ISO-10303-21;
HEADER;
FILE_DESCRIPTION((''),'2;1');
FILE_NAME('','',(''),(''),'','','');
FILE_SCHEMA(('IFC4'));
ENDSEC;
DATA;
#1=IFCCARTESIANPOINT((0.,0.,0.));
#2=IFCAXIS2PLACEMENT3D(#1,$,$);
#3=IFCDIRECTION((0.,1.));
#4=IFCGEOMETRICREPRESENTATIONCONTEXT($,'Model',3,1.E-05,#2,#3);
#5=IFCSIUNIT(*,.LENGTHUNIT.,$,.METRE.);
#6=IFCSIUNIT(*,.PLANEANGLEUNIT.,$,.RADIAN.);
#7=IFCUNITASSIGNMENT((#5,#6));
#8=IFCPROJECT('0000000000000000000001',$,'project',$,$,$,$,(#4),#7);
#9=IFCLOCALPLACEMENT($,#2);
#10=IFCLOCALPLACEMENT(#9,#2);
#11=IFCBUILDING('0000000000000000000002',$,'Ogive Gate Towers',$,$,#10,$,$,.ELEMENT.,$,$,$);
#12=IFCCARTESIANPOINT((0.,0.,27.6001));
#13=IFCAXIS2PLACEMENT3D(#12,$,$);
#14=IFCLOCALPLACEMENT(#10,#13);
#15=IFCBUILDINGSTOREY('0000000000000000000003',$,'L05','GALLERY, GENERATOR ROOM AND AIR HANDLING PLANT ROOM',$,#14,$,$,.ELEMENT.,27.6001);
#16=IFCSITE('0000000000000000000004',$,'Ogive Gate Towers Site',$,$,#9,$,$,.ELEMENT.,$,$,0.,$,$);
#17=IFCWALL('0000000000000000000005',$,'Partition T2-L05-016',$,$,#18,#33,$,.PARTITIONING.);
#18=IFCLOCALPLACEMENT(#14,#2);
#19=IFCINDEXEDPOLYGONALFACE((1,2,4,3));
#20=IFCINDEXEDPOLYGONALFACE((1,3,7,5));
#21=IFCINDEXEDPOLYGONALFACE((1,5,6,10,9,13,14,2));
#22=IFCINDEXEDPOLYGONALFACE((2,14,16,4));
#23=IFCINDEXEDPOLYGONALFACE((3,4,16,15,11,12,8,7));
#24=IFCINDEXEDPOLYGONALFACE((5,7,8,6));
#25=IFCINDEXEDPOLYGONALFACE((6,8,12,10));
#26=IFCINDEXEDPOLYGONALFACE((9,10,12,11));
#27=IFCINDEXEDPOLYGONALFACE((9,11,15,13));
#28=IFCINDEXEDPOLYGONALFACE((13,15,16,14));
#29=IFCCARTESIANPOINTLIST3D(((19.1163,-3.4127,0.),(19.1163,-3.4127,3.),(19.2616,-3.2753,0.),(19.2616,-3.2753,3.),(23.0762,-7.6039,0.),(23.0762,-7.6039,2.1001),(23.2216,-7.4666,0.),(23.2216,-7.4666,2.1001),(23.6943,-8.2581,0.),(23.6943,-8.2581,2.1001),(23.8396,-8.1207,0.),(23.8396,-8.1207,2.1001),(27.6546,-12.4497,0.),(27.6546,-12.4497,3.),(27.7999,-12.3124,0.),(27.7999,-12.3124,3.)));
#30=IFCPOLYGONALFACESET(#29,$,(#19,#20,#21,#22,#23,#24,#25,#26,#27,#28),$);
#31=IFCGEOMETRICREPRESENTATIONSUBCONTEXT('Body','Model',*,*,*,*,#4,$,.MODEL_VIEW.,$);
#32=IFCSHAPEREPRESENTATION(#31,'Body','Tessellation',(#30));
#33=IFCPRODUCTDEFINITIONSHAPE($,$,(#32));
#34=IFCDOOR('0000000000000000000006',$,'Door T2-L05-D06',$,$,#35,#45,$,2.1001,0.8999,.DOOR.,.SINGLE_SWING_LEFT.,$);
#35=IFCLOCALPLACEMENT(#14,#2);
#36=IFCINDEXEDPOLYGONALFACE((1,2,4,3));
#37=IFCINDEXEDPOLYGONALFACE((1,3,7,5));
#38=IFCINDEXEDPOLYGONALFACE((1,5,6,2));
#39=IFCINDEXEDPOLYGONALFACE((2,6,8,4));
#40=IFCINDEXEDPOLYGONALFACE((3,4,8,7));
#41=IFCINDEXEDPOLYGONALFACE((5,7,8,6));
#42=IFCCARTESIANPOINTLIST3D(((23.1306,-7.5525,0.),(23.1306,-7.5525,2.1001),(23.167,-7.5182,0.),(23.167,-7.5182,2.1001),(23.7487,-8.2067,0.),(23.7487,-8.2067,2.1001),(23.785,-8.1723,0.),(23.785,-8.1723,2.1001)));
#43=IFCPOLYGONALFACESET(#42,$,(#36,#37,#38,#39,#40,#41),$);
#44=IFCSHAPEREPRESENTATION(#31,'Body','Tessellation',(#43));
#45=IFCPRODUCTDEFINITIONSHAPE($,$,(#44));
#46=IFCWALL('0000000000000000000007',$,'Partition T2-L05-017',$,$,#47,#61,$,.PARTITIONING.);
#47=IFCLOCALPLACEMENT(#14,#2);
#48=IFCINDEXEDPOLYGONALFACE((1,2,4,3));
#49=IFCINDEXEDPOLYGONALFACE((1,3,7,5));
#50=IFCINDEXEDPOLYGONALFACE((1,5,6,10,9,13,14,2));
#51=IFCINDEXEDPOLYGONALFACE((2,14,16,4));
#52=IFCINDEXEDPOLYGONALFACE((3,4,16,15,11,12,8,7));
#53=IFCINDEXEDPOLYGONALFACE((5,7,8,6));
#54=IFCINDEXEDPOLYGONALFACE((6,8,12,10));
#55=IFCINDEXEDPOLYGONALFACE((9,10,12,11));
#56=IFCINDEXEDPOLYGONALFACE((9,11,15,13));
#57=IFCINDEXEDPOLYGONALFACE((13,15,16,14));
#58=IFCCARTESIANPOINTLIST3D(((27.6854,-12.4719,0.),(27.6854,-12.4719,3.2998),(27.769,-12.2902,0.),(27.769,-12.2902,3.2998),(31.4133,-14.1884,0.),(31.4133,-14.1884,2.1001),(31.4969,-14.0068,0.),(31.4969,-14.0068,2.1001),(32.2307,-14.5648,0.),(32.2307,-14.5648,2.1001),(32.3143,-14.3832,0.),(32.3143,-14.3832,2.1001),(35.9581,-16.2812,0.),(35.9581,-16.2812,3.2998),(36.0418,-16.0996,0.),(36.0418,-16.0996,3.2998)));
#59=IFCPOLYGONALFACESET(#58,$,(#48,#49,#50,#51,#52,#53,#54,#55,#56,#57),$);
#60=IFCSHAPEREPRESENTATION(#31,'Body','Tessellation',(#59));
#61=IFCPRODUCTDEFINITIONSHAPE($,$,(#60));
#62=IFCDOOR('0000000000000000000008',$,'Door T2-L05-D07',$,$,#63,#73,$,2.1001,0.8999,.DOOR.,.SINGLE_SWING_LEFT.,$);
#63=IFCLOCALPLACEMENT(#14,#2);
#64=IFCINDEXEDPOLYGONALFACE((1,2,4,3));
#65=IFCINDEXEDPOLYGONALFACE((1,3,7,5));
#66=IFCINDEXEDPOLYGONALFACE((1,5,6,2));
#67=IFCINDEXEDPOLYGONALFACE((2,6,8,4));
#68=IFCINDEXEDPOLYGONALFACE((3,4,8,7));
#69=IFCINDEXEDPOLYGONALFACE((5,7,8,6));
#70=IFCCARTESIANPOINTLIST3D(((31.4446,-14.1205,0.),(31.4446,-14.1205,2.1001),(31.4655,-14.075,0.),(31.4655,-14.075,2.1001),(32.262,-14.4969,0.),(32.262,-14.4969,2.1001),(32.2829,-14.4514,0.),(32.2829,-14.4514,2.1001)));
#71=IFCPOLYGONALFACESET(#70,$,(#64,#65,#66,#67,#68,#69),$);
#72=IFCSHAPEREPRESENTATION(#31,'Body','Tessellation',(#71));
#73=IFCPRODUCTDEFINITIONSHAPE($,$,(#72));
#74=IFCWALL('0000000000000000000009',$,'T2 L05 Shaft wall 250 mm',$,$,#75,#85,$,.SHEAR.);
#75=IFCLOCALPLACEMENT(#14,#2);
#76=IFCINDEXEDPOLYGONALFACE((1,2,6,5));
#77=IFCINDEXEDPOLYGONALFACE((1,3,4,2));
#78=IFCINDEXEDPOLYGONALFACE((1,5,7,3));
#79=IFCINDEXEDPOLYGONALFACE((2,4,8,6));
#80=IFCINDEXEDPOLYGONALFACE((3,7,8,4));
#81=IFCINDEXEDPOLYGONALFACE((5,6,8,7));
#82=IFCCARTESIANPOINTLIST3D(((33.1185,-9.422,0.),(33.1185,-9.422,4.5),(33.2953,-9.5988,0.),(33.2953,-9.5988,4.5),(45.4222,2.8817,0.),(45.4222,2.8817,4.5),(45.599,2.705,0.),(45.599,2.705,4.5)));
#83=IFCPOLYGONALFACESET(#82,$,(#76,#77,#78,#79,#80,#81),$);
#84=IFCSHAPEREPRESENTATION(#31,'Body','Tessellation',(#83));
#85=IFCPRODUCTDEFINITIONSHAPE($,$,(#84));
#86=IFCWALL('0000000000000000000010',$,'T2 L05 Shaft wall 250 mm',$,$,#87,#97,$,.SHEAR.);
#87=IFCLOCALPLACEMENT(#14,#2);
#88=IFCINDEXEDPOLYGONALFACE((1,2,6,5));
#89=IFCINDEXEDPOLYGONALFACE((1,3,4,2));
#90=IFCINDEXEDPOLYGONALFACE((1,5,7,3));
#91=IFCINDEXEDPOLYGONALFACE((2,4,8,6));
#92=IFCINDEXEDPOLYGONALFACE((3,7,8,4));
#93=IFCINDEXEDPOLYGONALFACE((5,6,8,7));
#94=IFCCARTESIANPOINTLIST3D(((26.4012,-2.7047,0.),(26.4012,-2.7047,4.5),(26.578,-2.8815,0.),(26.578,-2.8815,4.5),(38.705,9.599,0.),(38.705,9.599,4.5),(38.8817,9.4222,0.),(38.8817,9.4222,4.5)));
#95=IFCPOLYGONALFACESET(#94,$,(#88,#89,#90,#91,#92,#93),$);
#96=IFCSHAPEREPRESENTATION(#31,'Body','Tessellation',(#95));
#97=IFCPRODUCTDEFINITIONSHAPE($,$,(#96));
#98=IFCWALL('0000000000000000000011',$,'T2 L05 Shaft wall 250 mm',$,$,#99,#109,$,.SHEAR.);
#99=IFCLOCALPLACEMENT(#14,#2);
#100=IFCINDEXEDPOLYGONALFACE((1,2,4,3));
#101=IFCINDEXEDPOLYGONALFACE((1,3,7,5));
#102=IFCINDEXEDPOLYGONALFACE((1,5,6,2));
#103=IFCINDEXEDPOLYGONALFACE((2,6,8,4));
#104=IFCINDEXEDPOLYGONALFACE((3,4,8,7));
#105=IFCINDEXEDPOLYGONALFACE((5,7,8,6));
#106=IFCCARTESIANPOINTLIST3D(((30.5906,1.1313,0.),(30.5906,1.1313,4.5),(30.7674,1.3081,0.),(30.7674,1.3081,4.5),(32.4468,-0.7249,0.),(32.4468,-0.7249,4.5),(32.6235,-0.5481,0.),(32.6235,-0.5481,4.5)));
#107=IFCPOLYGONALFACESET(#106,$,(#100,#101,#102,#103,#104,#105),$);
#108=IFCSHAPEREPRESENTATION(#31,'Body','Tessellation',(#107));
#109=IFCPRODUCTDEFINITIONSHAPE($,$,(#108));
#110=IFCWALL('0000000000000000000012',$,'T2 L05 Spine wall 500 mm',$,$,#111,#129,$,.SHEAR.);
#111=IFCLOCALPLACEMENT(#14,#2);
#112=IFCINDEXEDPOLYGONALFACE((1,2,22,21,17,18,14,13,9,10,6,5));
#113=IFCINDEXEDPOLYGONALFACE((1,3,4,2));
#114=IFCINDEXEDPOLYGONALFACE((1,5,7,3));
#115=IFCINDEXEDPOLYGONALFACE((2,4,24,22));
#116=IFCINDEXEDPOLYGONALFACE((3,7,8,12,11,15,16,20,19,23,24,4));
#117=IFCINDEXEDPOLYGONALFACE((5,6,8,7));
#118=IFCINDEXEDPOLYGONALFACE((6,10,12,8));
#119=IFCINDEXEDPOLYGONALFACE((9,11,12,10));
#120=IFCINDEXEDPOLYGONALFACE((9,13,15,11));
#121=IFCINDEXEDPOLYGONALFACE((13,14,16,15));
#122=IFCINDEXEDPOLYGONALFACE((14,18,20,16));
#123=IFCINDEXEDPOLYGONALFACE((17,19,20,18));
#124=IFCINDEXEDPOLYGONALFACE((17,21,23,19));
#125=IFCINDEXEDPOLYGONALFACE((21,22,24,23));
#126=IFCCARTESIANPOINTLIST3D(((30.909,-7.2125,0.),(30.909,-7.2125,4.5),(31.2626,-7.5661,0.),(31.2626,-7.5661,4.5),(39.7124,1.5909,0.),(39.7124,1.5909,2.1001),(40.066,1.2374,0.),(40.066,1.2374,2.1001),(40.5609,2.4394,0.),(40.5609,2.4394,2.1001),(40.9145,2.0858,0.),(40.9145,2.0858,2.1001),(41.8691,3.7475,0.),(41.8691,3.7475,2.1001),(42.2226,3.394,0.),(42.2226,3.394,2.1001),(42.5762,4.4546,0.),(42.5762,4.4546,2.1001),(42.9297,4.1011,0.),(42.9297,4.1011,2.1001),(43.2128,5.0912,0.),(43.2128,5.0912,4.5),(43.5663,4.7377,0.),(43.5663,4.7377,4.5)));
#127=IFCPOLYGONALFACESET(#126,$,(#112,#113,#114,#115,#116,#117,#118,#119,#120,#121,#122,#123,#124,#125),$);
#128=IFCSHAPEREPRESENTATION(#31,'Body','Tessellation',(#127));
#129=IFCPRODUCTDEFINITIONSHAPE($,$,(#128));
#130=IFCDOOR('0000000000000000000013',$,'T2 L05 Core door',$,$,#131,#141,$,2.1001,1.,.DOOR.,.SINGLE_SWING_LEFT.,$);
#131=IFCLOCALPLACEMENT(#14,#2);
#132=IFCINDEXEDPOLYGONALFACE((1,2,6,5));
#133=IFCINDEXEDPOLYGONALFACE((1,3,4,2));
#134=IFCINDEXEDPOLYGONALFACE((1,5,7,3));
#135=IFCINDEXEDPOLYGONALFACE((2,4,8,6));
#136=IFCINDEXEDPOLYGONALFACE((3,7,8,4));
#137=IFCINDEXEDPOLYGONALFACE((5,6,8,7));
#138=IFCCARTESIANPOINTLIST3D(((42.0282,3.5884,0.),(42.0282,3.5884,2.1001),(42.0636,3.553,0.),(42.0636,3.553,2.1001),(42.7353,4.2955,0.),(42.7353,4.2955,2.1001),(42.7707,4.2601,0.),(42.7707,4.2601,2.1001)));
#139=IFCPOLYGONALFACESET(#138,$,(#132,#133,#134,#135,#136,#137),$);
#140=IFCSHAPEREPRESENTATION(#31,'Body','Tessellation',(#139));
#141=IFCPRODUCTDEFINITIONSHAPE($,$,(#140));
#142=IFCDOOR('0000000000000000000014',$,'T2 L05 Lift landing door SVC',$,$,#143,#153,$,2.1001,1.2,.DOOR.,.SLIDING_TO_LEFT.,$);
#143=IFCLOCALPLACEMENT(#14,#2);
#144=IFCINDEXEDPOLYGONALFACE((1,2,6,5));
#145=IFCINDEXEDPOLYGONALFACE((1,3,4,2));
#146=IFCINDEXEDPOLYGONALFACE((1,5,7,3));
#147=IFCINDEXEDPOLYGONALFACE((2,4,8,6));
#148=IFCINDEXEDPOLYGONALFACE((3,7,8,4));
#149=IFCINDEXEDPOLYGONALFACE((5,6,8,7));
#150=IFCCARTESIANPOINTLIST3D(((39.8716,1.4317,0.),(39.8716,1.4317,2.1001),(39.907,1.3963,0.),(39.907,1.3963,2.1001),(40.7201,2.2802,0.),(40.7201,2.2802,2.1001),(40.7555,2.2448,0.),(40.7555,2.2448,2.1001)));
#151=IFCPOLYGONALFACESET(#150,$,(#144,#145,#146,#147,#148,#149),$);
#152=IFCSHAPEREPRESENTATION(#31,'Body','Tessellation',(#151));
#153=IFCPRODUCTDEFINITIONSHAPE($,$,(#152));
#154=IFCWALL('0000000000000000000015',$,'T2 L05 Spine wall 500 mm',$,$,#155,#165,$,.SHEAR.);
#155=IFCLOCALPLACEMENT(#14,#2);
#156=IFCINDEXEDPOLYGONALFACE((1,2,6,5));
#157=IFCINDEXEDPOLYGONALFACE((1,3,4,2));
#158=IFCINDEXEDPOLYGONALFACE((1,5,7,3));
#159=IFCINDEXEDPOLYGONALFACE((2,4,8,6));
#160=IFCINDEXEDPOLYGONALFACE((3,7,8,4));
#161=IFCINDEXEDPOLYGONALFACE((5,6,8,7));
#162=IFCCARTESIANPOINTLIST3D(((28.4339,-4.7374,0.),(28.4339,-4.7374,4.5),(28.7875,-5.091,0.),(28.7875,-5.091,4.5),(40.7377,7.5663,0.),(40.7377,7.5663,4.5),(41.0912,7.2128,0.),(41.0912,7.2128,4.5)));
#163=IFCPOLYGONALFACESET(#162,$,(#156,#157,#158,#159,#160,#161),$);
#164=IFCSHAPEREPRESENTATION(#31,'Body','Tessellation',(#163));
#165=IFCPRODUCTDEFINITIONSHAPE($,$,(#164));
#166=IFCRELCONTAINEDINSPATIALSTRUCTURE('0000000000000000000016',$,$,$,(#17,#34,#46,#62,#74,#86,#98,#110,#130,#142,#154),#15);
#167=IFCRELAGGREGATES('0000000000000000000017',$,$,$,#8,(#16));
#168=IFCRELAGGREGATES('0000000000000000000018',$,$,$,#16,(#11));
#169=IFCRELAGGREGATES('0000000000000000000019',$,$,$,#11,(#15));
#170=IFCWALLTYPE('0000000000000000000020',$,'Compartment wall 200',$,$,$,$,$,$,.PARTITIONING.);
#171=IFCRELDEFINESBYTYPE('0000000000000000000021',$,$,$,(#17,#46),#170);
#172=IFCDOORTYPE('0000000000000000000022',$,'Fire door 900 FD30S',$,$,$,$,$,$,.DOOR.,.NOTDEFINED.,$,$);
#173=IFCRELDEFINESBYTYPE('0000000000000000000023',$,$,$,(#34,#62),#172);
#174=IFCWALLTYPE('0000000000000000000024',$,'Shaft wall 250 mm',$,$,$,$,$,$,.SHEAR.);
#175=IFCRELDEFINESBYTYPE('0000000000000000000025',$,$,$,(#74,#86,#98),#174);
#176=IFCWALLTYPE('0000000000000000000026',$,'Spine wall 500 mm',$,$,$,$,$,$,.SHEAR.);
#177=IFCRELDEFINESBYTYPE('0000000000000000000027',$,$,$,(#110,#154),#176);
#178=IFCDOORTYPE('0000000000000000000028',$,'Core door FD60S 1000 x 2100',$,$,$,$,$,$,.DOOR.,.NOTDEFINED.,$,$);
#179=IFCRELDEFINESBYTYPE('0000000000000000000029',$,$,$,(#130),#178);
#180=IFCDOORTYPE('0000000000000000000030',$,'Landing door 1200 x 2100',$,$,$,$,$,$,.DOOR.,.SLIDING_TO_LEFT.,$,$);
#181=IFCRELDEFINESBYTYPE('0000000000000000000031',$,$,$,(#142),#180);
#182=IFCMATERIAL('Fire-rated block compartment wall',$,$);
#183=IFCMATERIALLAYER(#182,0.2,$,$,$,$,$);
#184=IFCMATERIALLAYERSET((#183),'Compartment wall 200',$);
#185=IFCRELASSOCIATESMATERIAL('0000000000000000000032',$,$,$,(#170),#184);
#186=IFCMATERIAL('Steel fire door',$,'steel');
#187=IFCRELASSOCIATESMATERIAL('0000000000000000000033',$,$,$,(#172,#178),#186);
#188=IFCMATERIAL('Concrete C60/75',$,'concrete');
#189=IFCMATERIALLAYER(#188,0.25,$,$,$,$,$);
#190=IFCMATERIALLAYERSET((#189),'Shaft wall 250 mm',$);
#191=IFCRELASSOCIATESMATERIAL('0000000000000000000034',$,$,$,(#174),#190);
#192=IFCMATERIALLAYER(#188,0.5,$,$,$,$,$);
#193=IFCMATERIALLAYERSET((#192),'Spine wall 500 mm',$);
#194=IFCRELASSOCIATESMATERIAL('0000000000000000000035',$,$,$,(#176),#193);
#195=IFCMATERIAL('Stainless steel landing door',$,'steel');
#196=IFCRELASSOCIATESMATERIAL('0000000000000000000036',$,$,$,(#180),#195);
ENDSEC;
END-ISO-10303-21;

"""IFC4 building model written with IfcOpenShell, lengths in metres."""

from ifc_helpers import new_model, si_unit, direction, frame, frame_2d, origin, place, context, subcontext, project, spatial, rectangle, extrude, material, layer, layer_set, type_object, element, fill, save


model = new_model("IFC4")

# Units and contexts
model_context = context("Model", 3, precision=1e-05, world=origin(), true_north=direction((0.0, 1.0)))
body_context = subcontext(model_context, "Body", "Model", "MODEL_VIEW")
ifc_project = project(units=[si_unit("LENGTHUNIT", "METRE"), si_unit("PLANEANGLEUNIT", "RADIAN")], contexts=[model_context])

# Site, building, storey
site_placement = place(None, origin())
site = spatial("IfcSite", under=ifc_project, at=site_placement, Name="Ogive Gate Towers Site", CompositionType="ELEMENT", RefElevation=0.0)
building_placement = place(site_placement, origin())
building = spatial("IfcBuilding", under=site, at=building_placement, Name="Ogive Gate Towers", CompositionType="ELEMENT")
storey_placement = place(building_placement, frame((0.0, 0.0, 27.6001)))
storey = spatial("IfcBuildingStorey", under=building, at=storey_placement, Name="L05", Description="GALLERY, GENERATOR ROOM AND AIR HANDLING PLANT ROOM", CompositionType="ELEMENT", Elevation=27.6001)

# Walls, openings, doors
ifc_material_1 = material(Name="Fire-rated block compartment wall")
ifc_layer_1 = layer(ifc_material_1, 0.2)
ifc_layer_set_1 = layer_set([ifc_layer_1], Name="Compartment wall 200")
wall_type_1 = type_object("IfcWallType", Name="Compartment wall 200", PredefinedType="PARTITIONING", material=ifc_layer_set_1)
wall_1_placement = place(storey_placement, frame((19.189, -3.344, 0.0), z_axis=(0.0, 0.0, 1.0), x_axis=(0.686763, -0.726881, 0.0)))
wall_1 = element("IfcWall", 1, at=wall_1_placement, inside=storey, type_object=wall_type_1, Name="Partition T2-L05-016", PredefinedType="PARTITIONING", context=body_context, shape_type="SweptSolid", body=[
    extrude(rectangle(XDim=12.4326, YDim=0.2, at=frame_2d((6.2163, 0.0))), origin(), (0.0, 0.0, 1.0), 3.0),
])
opening_1_placement = place(wall_1_placement, frame((5.7661, 0.0, 0.0)))
opening_1 = element("IfcOpeningElement", 2, at=opening_1_placement, cuts=wall_1, PredefinedType="OPENING", context=body_context, shape_type="SweptSolid", body=[
    extrude(rectangle(XDim=0.8999, YDim=2.1001, at=frame_2d((0.45, 1.05))), frame((0.0, 0.1099, 0.0), z_axis=(0.0, -1.0, 0.0), x_axis=(1.0, 0.0, 0.0)), (0.0, 0.0, 1.0), 0.22),
])
ifc_material_2 = material(Name="Steel fire door", Category="steel")
door_type_1 = type_object("IfcDoorType", Name="Fire door 900 FD30S", OperationType="NOTDEFINED", PredefinedType="DOOR", material=ifc_material_2)
door_1_placement = place(opening_1_placement, origin())
door_1 = element("IfcDoor", 3, at=door_1_placement, inside=storey, type_object=door_type_1, Name="Door T2-L05-D06", OperationType="SINGLE_SWING_LEFT", OverallHeight=2.1001, OverallWidth=0.8999, PredefinedType="DOOR", context=body_context, shape_type="SweptSolid", body=[
    extrude(rectangle(XDim=0.8999, YDim=2.1001, at=frame_2d((0.45, 1.05))), frame((0.0, 0.0249, 0.0), z_axis=(0.0, -1.0, 0.0), x_axis=(1.0, 0.0, 0.0)), (0.0, 0.0, 1.0), 0.05),
])
fill(opening_1, door_1)
wall_2_placement = place(storey_placement, frame((27.7273, -12.3811, 0.0), z_axis=(0.0, 0.0, 1.0), x_axis=(0.908329, -0.418257, 0.0)))
wall_2 = element("IfcWall", 4, at=wall_2_placement, inside=storey, type_object=wall_type_1, Name="Partition T2-L05-017", PredefinedType="PARTITIONING", context=body_context, shape_type="SweptSolid", body=[
    extrude(rectangle(XDim=9.1077, YDim=0.2, at=frame_2d((4.5537, 0.0))), origin(), (0.0, 0.0, 1.0), 3.2998),
])
opening_2_placement = place(wall_2_placement, frame((4.104, 0.0, 0.0)))
opening_2 = element("IfcOpeningElement", 5, at=opening_2_placement, cuts=wall_2, PredefinedType="OPENING", context=body_context, shape_type="SweptSolid", body=[
    extrude(rectangle(XDim=0.8999, YDim=2.1001, at=frame_2d((0.45, 1.05))), frame((0.0, 0.1099, 0.0), z_axis=(0.0, -1.0, 0.0), x_axis=(1.0, 0.0, 0.0)), (0.0, 0.0, 1.0), 0.22),
])
door_2_placement = place(opening_2_placement, origin())
door_2 = element("IfcDoor", 6, at=door_2_placement, inside=storey, type_object=door_type_1, Name="Door T2-L05-D07", OperationType="SINGLE_SWING_LEFT", OverallHeight=2.1001, OverallWidth=0.8999, PredefinedType="DOOR", context=body_context, shape_type="SweptSolid", body=[
    extrude(rectangle(XDim=0.8999, YDim=2.1001, at=frame_2d((0.45, 1.05))), frame((0.0, 0.0249, 0.0), z_axis=(0.0, -1.0, 0.0), x_axis=(1.0, 0.0, 0.0)), (0.0, 0.0, 1.0), 0.05),
])
fill(opening_2, door_2)

# Walls
ifc_material_3 = material(Name="Concrete C60/75", Category="concrete")
ifc_layer_2 = layer(ifc_material_3, 0.25)
ifc_layer_set_2 = layer_set([ifc_layer_2], Name="Shaft wall 250 mm")
wall_type_2 = type_object("IfcWallType", Name="Shaft wall 250 mm", PredefinedType="SHEAR", material=ifc_layer_set_2)
for number, where, z_axis, x_axis, name in (
    (7, (33.2068, -9.5105, 0.0), (0.0, 0.0, 1.0), (0.707107, 0.707107, 0.0), "T2 L05 Shaft wall 250 mm"),
    (8, (26.4895, -2.7932, 0.0), (0.0, 0.0, 1.0), (0.707107, 0.707107, 0.0), "T2 L05 Shaft wall 250 mm"),
):
    element("IfcWall", number, at=place(storey_placement, frame(where, z_axis=z_axis, x_axis=x_axis)), inside=storey, type_object=wall_type_2, Name=name, PredefinedType="SHEAR", context=body_context, shape_type="SweptSolid", body=[
        extrude(rectangle(XDim=17.4001, YDim=0.25, at=frame_2d((8.7002, 0.0))), origin(), (0.0, 0.0, 1.0), 4.5),
    ])
wall_3_placement = place(storey_placement, frame((32.5352, -0.6365, 0.0), z_axis=(0.0, 0.0, 1.0), x_axis=(-0.707107, 0.707107, 0.0)))
element("IfcWall", 9, at=wall_3_placement, inside=storey, type_object=wall_type_2, Name="T2 L05 Shaft wall 250 mm", PredefinedType="SHEAR", context=body_context, shape_type="SweptSolid", body=[
    extrude(rectangle(XDim=2.625, YDim=0.25, at=frame_2d((1.3125, 0.0))), origin(), (0.0, 0.0, 1.0), 4.5),
])

# Wall, openings, doors
ifc_layer_3 = layer(ifc_material_3, 0.5)
ifc_layer_set_3 = layer_set([ifc_layer_3], Name="Spine wall 500 mm")
wall_type_3 = type_object("IfcWallType", Name="Spine wall 500 mm", PredefinedType="SHEAR", material=ifc_layer_set_3)
wall_4_placement = place(storey_placement, frame((31.0857, -7.3894, 0.0), z_axis=(0.0, 0.0, 1.0), x_axis=(0.707107, 0.707107, 0.0)))
wall_4 = element("IfcWall", 10, at=wall_4_placement, inside=storey, type_object=wall_type_3, Name="T2 L05 Spine wall 500 mm", PredefinedType="SHEAR", context=body_context, shape_type="SweptSolid", body=[
    extrude(rectangle(XDim=17.4001, YDim=0.5, at=frame_2d((8.7002, 0.0))), origin(), (0.0, 0.0, 1.0), 4.5),
])
opening_3_placement = place(wall_4_placement, frame((12.45, 0.0, 0.0)))
opening_3 = element("IfcOpeningElement", 11, at=opening_3_placement, cuts=wall_4, PredefinedType="OPENING", context=body_context, shape_type="SweptSolid", body=[
    extrude(rectangle(XDim=1.2, YDim=2.1001, at=frame_2d((0.6001, 1.05))), frame((0.0, 0.26, 0.0), z_axis=(0.0, -1.0, 0.0), x_axis=(1.0, 0.0, 0.0)), (0.0, 0.0, 1.0), 0.52),
])
opening_4_placement = place(wall_4_placement, frame((15.5, 0.0, 0.0)))
opening_4 = element("IfcOpeningElement", 12, at=opening_4_placement, cuts=wall_4, PredefinedType="OPENING", context=body_context, shape_type="SweptSolid", body=[
    extrude(rectangle(XDim=1.0, YDim=2.1001, at=frame_2d((0.5, 1.05))), frame((0.0, 0.26, 0.0), z_axis=(0.0, -1.0, 0.0), x_axis=(1.0, 0.0, 0.0)), (0.0, 0.0, 1.0), 0.52),
])
door_type_2 = type_object("IfcDoorType", Name="Core door FD60S 1000 x 2100", OperationType="NOTDEFINED", PredefinedType="DOOR", material=ifc_material_2)
door_3_placement = place(opening_4_placement, origin())
door_3 = element("IfcDoor", 13, at=door_3_placement, inside=storey, type_object=door_type_2, Name="T2 L05 Core door", OperationType="SINGLE_SWING_LEFT", OverallHeight=2.1001, OverallWidth=1.0, PredefinedType="DOOR", context=body_context, shape_type="SweptSolid", body=[
    extrude(rectangle(XDim=1.0, YDim=2.1001, at=frame_2d((0.5, 1.05))), frame((0.0, 0.0249, 0.0), z_axis=(0.0, -1.0, 0.0), x_axis=(1.0, 0.0, 0.0)), (0.0, 0.0, 1.0), 0.05),
])
fill(opening_4, door_3)
ifc_material_4 = material(Name="Stainless steel landing door", Category="steel")
door_type_3 = type_object("IfcDoorType", Name="Landing door 1200 x 2100", OperationType="SLIDING_TO_LEFT", PredefinedType="DOOR", material=ifc_material_4)
door_4_placement = place(opening_3_placement, origin())
door_4 = element("IfcDoor", 14, at=door_4_placement, inside=storey, type_object=door_type_3, Name="T2 L05 Lift landing door SVC", OperationType="SLIDING_TO_LEFT", OverallHeight=2.1001, OverallWidth=1.2, PredefinedType="DOOR", context=body_context, shape_type="SweptSolid", body=[
    extrude(rectangle(XDim=1.2, YDim=2.1001, at=frame_2d((0.6001, 1.05))), frame((0.0, 0.0249, 0.0), z_axis=(0.0, -1.0, 0.0), x_axis=(1.0, 0.0, 0.0)), (0.0, 0.0, 1.0), 0.05),
])
fill(opening_3, door_4)

# Wall
wall_5_placement = place(storey_placement, frame((28.6106, -4.9143, 0.0), z_axis=(0.0, 0.0, 1.0), x_axis=(0.707107, 0.707107, 0.0)))
element("IfcWall", 15, at=wall_5_placement, inside=storey, type_object=wall_type_3, Name="T2 L05 Spine wall 500 mm", PredefinedType="SHEAR", context=body_context, shape_type="SweptSolid", body=[
    extrude(rectangle(XDim=17.4001, YDim=0.5, at=frame_2d((8.7002, 0.0))), origin(), (0.0, 0.0, 1.0), 4.5),
])

save(model, "model.ifc")
